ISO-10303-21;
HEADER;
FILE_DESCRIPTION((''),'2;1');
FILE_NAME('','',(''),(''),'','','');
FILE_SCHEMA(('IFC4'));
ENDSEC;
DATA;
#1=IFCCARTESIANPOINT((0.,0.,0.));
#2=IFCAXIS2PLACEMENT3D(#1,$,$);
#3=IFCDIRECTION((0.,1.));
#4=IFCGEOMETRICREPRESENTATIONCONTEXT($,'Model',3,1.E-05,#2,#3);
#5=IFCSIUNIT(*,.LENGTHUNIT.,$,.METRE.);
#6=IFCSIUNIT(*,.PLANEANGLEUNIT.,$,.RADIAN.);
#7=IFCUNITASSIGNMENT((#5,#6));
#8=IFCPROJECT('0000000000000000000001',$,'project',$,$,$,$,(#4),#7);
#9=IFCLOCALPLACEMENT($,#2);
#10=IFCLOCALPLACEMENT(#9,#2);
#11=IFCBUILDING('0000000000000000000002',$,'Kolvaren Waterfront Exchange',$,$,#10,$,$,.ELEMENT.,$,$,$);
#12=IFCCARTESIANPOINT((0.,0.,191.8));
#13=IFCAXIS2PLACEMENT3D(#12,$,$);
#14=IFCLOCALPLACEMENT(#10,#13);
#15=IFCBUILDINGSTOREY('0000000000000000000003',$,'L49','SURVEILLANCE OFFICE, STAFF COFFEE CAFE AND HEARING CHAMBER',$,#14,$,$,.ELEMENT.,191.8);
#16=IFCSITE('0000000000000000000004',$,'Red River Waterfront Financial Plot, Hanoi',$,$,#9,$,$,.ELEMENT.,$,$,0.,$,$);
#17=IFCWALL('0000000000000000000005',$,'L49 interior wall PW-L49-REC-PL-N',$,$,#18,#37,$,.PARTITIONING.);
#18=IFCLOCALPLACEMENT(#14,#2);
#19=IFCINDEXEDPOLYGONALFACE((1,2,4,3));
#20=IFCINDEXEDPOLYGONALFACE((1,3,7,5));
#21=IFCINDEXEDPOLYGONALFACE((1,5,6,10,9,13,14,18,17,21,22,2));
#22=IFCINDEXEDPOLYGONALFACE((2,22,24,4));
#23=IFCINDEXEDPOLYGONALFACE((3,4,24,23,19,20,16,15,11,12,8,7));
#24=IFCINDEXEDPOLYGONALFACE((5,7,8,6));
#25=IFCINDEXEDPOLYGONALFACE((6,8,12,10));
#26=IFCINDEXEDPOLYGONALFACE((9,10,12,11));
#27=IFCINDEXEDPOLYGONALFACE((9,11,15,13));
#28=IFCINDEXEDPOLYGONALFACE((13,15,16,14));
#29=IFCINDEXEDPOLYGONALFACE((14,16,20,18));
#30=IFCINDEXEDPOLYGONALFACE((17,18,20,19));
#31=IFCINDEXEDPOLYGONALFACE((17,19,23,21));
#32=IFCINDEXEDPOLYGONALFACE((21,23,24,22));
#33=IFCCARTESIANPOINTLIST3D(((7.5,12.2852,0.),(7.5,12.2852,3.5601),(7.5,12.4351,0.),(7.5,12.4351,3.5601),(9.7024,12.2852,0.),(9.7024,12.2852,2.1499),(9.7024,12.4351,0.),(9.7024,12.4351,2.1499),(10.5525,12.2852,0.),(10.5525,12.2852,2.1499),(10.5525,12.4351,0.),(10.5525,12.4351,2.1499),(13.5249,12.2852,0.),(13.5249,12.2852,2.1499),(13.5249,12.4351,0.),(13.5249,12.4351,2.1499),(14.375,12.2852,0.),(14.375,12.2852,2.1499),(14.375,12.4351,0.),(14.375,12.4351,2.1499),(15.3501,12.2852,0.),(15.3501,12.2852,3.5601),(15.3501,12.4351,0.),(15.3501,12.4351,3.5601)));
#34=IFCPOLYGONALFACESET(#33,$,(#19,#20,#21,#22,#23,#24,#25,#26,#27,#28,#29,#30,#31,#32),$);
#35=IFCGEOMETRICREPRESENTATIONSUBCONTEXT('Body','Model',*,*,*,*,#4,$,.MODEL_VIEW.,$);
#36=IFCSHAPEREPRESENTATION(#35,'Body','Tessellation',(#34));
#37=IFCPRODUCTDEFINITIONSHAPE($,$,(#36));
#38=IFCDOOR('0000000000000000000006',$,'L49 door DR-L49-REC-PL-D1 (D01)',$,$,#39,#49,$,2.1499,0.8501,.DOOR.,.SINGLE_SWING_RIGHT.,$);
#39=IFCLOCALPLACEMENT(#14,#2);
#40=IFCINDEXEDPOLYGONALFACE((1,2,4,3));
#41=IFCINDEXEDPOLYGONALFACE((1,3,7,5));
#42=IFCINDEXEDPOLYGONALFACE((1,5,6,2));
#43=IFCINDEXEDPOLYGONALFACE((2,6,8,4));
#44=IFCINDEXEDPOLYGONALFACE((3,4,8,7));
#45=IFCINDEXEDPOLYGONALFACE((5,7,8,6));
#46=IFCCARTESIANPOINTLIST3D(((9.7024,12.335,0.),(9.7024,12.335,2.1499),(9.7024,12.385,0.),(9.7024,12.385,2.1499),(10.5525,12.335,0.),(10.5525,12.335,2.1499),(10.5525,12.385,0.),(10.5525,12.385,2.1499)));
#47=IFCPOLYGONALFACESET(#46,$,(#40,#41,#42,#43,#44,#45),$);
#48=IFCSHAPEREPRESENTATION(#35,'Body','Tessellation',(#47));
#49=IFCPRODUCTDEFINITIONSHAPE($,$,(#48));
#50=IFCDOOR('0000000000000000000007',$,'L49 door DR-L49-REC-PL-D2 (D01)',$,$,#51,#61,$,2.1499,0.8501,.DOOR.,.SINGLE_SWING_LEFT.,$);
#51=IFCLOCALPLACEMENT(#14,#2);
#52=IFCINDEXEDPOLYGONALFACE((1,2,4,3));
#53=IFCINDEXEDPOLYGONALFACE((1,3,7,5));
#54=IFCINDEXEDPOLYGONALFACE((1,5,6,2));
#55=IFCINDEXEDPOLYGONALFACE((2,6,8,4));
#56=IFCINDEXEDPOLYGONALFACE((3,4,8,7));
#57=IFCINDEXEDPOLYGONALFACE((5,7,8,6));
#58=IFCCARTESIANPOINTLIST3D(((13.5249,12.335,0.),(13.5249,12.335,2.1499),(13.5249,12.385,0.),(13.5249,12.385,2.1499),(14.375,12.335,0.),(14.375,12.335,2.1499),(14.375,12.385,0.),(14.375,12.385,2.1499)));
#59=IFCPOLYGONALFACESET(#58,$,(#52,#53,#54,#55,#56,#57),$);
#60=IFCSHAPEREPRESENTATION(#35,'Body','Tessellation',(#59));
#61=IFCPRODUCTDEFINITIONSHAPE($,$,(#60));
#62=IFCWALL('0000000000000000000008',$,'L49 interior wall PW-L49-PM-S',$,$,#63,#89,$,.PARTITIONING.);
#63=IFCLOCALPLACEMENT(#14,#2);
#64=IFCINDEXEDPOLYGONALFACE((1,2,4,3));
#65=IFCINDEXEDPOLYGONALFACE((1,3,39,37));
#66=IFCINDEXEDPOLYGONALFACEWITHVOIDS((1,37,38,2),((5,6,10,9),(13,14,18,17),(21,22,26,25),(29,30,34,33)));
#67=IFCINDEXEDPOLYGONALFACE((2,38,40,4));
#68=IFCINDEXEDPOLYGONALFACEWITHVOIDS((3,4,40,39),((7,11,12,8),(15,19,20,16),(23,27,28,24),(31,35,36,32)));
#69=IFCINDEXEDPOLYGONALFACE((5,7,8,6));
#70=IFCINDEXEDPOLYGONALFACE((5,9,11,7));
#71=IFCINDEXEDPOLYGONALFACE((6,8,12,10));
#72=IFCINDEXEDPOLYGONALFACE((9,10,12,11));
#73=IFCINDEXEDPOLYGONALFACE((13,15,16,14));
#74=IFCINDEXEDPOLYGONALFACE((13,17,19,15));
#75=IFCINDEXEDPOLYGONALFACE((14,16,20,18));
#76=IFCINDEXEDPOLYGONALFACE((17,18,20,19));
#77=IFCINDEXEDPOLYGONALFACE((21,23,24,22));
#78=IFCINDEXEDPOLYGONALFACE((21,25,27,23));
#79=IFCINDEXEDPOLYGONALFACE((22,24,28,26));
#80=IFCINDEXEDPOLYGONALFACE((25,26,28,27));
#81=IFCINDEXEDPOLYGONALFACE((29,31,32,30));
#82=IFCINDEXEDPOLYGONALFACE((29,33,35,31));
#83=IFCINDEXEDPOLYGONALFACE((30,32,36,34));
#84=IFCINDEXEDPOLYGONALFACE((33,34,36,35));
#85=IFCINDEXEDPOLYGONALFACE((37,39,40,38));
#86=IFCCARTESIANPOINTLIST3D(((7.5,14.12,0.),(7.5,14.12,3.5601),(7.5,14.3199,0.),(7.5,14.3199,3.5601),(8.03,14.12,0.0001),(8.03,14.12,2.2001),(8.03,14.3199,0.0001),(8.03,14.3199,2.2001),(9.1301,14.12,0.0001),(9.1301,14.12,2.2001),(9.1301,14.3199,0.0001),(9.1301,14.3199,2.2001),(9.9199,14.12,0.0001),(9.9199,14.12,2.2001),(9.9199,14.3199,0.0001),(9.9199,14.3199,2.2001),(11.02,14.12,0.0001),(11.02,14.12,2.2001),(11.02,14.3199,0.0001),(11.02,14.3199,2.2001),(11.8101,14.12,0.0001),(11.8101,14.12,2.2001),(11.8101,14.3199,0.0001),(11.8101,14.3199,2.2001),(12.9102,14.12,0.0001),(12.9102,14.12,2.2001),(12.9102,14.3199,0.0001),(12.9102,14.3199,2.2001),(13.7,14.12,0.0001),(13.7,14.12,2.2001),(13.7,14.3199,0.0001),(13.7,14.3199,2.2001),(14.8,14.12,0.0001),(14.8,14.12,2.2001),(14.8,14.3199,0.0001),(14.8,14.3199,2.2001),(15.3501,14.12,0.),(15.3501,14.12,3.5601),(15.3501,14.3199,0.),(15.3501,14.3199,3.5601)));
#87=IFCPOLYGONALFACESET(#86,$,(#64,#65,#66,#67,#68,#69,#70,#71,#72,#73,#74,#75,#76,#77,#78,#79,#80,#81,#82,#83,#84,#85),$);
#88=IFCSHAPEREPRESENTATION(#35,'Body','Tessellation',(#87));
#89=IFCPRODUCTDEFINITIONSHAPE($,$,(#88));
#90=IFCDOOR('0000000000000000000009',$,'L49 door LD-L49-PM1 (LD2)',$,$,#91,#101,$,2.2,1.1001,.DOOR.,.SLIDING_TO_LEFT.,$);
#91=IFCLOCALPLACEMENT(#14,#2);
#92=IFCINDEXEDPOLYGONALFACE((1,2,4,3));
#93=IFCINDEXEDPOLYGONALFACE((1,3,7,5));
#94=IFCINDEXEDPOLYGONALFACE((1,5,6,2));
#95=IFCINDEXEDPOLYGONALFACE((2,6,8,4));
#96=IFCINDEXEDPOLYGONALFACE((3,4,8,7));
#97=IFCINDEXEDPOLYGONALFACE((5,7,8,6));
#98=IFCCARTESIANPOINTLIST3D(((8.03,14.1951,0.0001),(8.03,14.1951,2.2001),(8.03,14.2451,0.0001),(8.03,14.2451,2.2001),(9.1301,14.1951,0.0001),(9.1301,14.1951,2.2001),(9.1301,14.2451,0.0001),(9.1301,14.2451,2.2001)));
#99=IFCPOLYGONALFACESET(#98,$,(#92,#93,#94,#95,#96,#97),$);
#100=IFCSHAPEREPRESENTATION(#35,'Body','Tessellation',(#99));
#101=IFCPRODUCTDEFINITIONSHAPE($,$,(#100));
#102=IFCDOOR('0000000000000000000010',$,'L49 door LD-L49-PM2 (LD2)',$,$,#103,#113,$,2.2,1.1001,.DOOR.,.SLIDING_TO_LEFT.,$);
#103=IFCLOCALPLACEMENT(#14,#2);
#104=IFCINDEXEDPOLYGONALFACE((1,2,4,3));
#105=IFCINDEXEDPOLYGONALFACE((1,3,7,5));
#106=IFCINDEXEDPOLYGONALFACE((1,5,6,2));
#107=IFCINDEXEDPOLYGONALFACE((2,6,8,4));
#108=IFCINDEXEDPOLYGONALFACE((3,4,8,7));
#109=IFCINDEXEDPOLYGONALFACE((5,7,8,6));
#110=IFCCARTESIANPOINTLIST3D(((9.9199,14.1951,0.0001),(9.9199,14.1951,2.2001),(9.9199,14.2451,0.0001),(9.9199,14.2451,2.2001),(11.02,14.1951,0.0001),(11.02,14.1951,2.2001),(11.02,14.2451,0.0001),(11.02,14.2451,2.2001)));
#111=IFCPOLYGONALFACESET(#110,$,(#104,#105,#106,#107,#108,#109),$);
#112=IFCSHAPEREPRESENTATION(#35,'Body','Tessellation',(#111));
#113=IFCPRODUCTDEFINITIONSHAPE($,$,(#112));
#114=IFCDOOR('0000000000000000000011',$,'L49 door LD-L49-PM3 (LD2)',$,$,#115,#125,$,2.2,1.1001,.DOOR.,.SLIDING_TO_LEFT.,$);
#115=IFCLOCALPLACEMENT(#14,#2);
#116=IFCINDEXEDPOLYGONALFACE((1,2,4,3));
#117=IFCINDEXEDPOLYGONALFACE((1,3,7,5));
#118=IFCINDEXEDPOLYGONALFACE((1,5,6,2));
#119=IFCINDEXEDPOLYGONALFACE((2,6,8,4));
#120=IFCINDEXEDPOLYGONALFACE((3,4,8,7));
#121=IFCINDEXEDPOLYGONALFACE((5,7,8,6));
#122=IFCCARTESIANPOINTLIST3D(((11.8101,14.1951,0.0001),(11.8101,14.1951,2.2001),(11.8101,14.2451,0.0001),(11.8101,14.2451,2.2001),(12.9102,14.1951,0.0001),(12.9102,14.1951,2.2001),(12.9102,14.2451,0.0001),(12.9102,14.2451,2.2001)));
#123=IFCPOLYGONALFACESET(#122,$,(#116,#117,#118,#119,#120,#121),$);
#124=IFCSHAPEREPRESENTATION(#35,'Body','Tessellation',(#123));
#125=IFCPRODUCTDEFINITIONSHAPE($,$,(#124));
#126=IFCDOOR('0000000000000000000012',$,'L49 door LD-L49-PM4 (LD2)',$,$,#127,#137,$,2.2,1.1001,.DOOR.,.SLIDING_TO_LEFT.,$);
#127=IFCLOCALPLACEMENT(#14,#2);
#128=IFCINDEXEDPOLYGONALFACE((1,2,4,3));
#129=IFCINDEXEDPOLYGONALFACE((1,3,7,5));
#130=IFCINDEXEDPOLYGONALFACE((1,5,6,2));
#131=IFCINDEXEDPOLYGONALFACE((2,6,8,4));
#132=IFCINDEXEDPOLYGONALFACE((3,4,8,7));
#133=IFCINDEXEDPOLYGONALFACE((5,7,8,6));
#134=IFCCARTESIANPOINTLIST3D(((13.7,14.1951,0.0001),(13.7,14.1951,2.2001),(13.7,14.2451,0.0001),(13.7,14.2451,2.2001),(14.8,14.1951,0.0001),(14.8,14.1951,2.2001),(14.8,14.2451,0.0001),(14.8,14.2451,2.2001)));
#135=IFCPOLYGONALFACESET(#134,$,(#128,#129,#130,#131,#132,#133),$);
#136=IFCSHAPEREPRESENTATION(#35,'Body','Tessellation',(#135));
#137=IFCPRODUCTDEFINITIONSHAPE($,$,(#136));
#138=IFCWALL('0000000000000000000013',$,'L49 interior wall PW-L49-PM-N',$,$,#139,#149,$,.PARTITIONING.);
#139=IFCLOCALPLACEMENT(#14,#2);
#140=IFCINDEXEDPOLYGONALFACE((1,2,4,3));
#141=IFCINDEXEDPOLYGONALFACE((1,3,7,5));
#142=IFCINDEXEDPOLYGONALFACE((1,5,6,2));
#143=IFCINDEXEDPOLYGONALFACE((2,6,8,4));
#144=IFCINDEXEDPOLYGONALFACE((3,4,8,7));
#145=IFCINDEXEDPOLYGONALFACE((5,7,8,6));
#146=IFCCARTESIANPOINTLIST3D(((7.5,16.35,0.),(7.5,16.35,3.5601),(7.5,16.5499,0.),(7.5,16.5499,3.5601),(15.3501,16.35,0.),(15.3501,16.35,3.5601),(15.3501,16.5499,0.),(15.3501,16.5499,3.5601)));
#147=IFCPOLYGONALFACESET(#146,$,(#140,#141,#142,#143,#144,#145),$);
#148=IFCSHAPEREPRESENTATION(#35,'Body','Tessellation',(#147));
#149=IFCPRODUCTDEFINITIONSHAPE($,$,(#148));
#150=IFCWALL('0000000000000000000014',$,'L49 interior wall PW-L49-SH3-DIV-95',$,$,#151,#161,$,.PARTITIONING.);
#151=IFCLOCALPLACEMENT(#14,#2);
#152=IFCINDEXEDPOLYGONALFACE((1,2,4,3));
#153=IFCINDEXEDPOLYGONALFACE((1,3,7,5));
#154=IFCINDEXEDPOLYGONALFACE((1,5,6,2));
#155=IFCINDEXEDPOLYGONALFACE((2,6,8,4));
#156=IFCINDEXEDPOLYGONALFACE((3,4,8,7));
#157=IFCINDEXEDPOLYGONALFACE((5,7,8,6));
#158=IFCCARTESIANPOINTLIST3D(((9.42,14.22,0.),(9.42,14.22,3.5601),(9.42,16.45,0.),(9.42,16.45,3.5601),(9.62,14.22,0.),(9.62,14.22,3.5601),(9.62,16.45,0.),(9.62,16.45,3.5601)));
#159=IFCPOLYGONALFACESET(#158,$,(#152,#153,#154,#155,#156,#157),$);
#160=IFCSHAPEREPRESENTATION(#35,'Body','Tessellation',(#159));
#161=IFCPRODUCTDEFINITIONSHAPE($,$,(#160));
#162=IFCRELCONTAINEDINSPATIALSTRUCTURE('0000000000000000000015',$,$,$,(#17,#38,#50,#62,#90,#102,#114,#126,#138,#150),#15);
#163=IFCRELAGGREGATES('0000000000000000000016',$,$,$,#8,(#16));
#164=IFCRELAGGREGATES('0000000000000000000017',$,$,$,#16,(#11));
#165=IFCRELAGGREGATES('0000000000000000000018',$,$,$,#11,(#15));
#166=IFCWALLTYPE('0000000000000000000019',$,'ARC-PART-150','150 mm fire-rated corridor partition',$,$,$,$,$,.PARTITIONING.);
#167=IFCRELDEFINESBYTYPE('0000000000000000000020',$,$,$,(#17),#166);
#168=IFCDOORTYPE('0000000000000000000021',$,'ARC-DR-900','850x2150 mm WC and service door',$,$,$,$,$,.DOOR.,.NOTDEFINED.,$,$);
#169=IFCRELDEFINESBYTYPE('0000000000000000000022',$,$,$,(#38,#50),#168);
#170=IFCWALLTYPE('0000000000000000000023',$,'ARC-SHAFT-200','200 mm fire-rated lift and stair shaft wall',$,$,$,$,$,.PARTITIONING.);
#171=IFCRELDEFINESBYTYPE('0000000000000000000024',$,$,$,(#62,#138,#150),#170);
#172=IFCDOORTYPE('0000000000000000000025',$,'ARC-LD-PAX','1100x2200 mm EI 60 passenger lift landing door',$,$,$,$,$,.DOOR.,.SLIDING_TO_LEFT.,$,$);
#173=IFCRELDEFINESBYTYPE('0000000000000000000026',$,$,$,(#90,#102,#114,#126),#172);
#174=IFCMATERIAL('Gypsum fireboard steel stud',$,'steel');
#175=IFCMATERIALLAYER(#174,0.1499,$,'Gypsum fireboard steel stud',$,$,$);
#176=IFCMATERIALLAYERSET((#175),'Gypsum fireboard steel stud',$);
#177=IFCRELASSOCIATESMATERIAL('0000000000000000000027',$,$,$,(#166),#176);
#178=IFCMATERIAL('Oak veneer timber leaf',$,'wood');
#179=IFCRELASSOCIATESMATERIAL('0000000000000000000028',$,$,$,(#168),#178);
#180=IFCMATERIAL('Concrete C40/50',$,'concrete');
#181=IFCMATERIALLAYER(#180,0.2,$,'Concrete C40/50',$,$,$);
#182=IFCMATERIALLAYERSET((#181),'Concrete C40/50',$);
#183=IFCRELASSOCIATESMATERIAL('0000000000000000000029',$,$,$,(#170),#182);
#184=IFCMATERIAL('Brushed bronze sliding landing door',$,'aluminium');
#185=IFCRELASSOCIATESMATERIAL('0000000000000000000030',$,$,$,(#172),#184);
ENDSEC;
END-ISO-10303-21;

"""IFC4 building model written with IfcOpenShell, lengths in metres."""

from ifc_helpers import new_model, si_unit, direction, frame, frame_2d, origin, place, context, subcontext, project, spatial, rectangle, extrude, material, layer, layer_set, type_object, element, fill, save


model = new_model("IFC4")

# Units and contexts
model_context = context("Model", 3, precision=1e-05, world=origin(), true_north=direction((0.0, 1.0)))
body_context = subcontext(model_context, "Body", "Model", "MODEL_VIEW")
ifc_project = project(units=[si_unit("LENGTHUNIT", "METRE"), si_unit("PLANEANGLEUNIT", "RADIAN")], contexts=[model_context])

# Site, building, storey
site_placement = place(None, origin())
site = spatial("IfcSite", under=ifc_project, at=site_placement, Name="Red River Waterfront Financial Plot, Hanoi", CompositionType="ELEMENT", RefElevation=0.0)
building_placement = place(site_placement, origin())
building = spatial("IfcBuilding", under=site, at=building_placement, Name="Kolvaren Waterfront Exchange", CompositionType="ELEMENT")
storey_placement = place(building_placement, frame((0.0, 0.0, 191.8)))
storey = spatial("IfcBuildingStorey", under=building, at=storey_placement, Name="L49", Description="SURVEILLANCE OFFICE, STAFF COFFEE CAFE AND HEARING CHAMBER", CompositionType="ELEMENT", Elevation=191.8)

# Walls, openings, doors
ifc_material_1 = material(Name="Gypsum fireboard steel stud", Category="steel")
ifc_layer_1 = layer(ifc_material_1, 0.1499, Name="Gypsum fireboard steel stud")
ifc_layer_set_1 = layer_set([ifc_layer_1], Name="Gypsum fireboard steel stud")
wall_type_1 = type_object("IfcWallType", Name="ARC-PART-150", Description="150 mm fire-rated corridor partition", PredefinedType="PARTITIONING", material=ifc_layer_set_1)
wall_1_placement = place(storey_placement, frame((7.5, 12.3601, 0.0), z_axis=(0.0, 0.0, 1.0), x_axis=(1.0, 0.0, 0.0)))
wall_1 = element("IfcWall", 1, at=wall_1_placement, inside=storey, type_object=wall_type_1, Name="L49 interior wall PW-L49-REC-PL-N", PredefinedType="PARTITIONING", context=body_context, shape_type="SweptSolid", body=[
    extrude(rectangle(XDim=7.8501, YDim=0.1499, at=frame_2d((3.925, 0.0))), origin(), (0.0, 0.0, 1.0), 3.5601),
])
opening_1_placement = place(wall_1_placement, frame((2.2024, 0.0, 0.0)))
opening_1 = element("IfcOpeningElement", 2, at=opening_1_placement, cuts=wall_1, PredefinedType="OPENING", context=body_context, shape_type="SweptSolid", body=[
    extrude(rectangle(XDim=0.8501, YDim=2.1499, at=frame_2d((0.425, 1.075))), frame((0.0, 0.085, 0.0), z_axis=(0.0, -1.0, 0.0), x_axis=(1.0, 0.0, 0.0)), (0.0, 0.0, 1.0), 0.1699),
])
opening_2_placement = place(wall_1_placement, frame((6.0249, 0.0, 0.0)))
opening_2 = element("IfcOpeningElement", 3, at=opening_2_placement, cuts=wall_1, PredefinedType="OPENING", context=body_context, shape_type="SweptSolid", body=[
    extrude(rectangle(XDim=0.8501, YDim=2.1499, at=frame_2d((0.425, 1.075))), frame((0.0, 0.085, 0.0), z_axis=(0.0, -1.0, 0.0), x_axis=(1.0, 0.0, 0.0)), (0.0, 0.0, 1.0), 0.1699),
])
ifc_material_2 = material(Name="Oak veneer timber leaf", Category="wood")
door_type_1 = type_object("IfcDoorType", Name="ARC-DR-900", Description="850x2150 mm WC and service door", OperationType="NOTDEFINED", PredefinedType="DOOR", material=ifc_material_2)
door_1_placement = place(opening_1_placement, origin())
door_1 = element("IfcDoor", 4, at=door_1_placement, inside=storey, type_object=door_type_1, Name="L49 door DR-L49-REC-PL-D1 (D01)", OperationType="SINGLE_SWING_RIGHT", OverallHeight=2.1499, OverallWidth=0.8501, PredefinedType="DOOR", context=body_context, shape_type="SweptSolid", body=[
    extrude(rectangle(XDim=0.8501, YDim=2.1499, at=frame_2d((0.425, 1.075))), frame((0.0, 0.0249, 0.0), z_axis=(0.0, -1.0, 0.0), x_axis=(1.0, 0.0, 0.0)), (0.0, 0.0, 1.0), 0.05),
])
fill(opening_1, door_1)
door_2_placement = place(opening_2_placement, origin())
door_2 = element("IfcDoor", 5, at=door_2_placement, inside=storey, type_object=door_type_1, Name="L49 door DR-L49-REC-PL-D2 (D01)", OperationType="SINGLE_SWING_LEFT", OverallHeight=2.1499, OverallWidth=0.8501, PredefinedType="DOOR", context=body_context, shape_type="SweptSolid", body=[
    extrude(rectangle(XDim=0.8501, YDim=2.1499, at=frame_2d((0.425, 1.075))), frame((0.0, 0.0249, 0.0), z_axis=(0.0, -1.0, 0.0), x_axis=(1.0, 0.0, 0.0)), (0.0, 0.0, 1.0), 0.05),
])
fill(opening_2, door_2)
ifc_material_3 = material(Name="Concrete C40/50", Category="concrete")
ifc_layer_2 = layer(ifc_material_3, 0.2, Name="Concrete C40/50")
ifc_layer_set_2 = layer_set([ifc_layer_2], Name="Concrete C40/50")
wall_type_2 = type_object("IfcWallType", Name="ARC-SHAFT-200", Description="200 mm fire-rated lift and stair shaft wall", PredefinedType="PARTITIONING", material=ifc_layer_set_2)
wall_2_placement = place(storey_placement, frame((7.5, 14.22, 0.0), z_axis=(0.0, 0.0, 1.0), x_axis=(1.0, 0.0, 0.0)))
wall_2 = element("IfcWall", 6, at=wall_2_placement, inside=storey, type_object=wall_type_2, Name="L49 interior wall PW-L49-PM-S", PredefinedType="PARTITIONING", context=body_context, shape_type="SweptSolid", body=[
    extrude(rectangle(XDim=7.8501, YDim=0.2, at=frame_2d((3.925, 0.0))), origin(), (0.0, 0.0, 1.0), 3.5601),
])
opening_3_placement = place(wall_2_placement, frame((0.53, 0.0, 0.0)))
opening_3 = element("IfcOpeningElement", 7, at=opening_3_placement, cuts=wall_2, PredefinedType="OPENING", context=body_context, shape_type="SweptSolid", body=[
    extrude(rectangle(XDim=1.1001, YDim=2.2, at=frame_2d((0.55, 1.1001))), frame((0.0, 0.1099, 0.0), z_axis=(0.0, -1.0, 0.0), x_axis=(1.0, 0.0, 0.0)), (0.0, 0.0, 1.0), 0.22),
])
opening_4_placement = place(wall_2_placement, frame((2.4199, 0.0, 0.0)))
opening_4 = element("IfcOpeningElement", 8, at=opening_4_placement, cuts=wall_2, PredefinedType="OPENING", context=body_context, shape_type="SweptSolid", body=[
    extrude(rectangle(XDim=1.1001, YDim=2.2, at=frame_2d((0.55, 1.1001))), frame((0.0, 0.1099, 0.0), z_axis=(0.0, -1.0, 0.0), x_axis=(1.0, 0.0, 0.0)), (0.0, 0.0, 1.0), 0.22),
])
opening_5_placement = place(wall_2_placement, frame((4.3101, 0.0, 0.0)))
opening_5 = element("IfcOpeningElement", 9, at=opening_5_placement, cuts=wall_2, PredefinedType="OPENING", context=body_context, shape_type="SweptSolid", body=[
    extrude(rectangle(XDim=1.1001, YDim=2.2, at=frame_2d((0.55, 1.1001))), frame((0.0, 0.1099, 0.0), z_axis=(0.0, -1.0, 0.0), x_axis=(1.0, 0.0, 0.0)), (0.0, 0.0, 1.0), 0.22),
])
opening_6_placement = place(wall_2_placement, frame((6.2, 0.0, 0.0)))
opening_6 = element("IfcOpeningElement", 10, at=opening_6_placement, cuts=wall_2, PredefinedType="OPENING", context=body_context, shape_type="SweptSolid", body=[
    extrude(rectangle(XDim=1.1001, YDim=2.2, at=frame_2d((0.55, 1.1001))), frame((0.0, 0.1099, 0.0), z_axis=(0.0, -1.0, 0.0), x_axis=(1.0, 0.0, 0.0)), (0.0, 0.0, 1.0), 0.22),
])
ifc_material_4 = material(Name="Brushed bronze sliding landing door", Category="aluminium")
door_type_2 = type_object("IfcDoorType", Name="ARC-LD-PAX", Description="1100x2200 mm EI 60 passenger lift landing door", OperationType="SLIDING_TO_LEFT", PredefinedType="DOOR", material=ifc_material_4)
door_3_placement = place(opening_3_placement, frame((1.1001, 0.0, 0.0), z_axis=(0.0, 0.0, 1.0), x_axis=(-1.0, 0.0, 0.0)))
door_3 = element("IfcDoor", 11, at=door_3_placement, inside=storey, type_object=door_type_2, Name="L49 door LD-L49-PM1 (LD2)", OperationType="SLIDING_TO_LEFT", OverallHeight=2.2, OverallWidth=1.1001, PredefinedType="DOOR", context=body_context, shape_type="SweptSolid", body=[
    extrude(rectangle(XDim=1.1001, YDim=2.2, at=frame_2d((0.55, 1.1001))), frame((0.0, 0.0249, 0.0), z_axis=(0.0, -1.0, 0.0), x_axis=(1.0, 0.0, 0.0)), (0.0, 0.0, 1.0), 0.05),
])
fill(opening_3, door_3)
door_4_placement = place(opening_4_placement, frame((1.1001, 0.0, 0.0), z_axis=(0.0, 0.0, 1.0), x_axis=(-1.0, 0.0, 0.0)))
door_4 = element("IfcDoor", 12, at=door_4_placement, inside=storey, type_object=door_type_2, Name="L49 door LD-L49-PM2 (LD2)", OperationType="SLIDING_TO_LEFT", OverallHeight=2.2, OverallWidth=1.1001, PredefinedType="DOOR", context=body_context, shape_type="SweptSolid", body=[
    extrude(rectangle(XDim=1.1001, YDim=2.2, at=frame_2d((0.55, 1.1001))), frame((0.0, 0.0249, 0.0), z_axis=(0.0, -1.0, 0.0), x_axis=(1.0, 0.0, 0.0)), (0.0, 0.0, 1.0), 0.05),
])
fill(opening_4, door_4)
door_5_placement = place(opening_5_placement, frame((1.1001, 0.0, 0.0), z_axis=(0.0, 0.0, 1.0), x_axis=(-1.0, 0.0, 0.0)))
door_5 = element("IfcDoor", 13, at=door_5_placement, inside=storey, type_object=door_type_2, Name="L49 door LD-L49-PM3 (LD2)", OperationType="SLIDING_TO_LEFT", OverallHeight=2.2, OverallWidth=1.1001, PredefinedType="DOOR", context=body_context, shape_type="SweptSolid", body=[
    extrude(rectangle(XDim=1.1001, YDim=2.2, at=frame_2d((0.55, 1.1001))), frame((0.0, 0.0249, 0.0), z_axis=(0.0, -1.0, 0.0), x_axis=(1.0, 0.0, 0.0)), (0.0, 0.0, 1.0), 0.05),
])
fill(opening_5, door_5)
door_6_placement = place(opening_6_placement, frame((1.1001, 0.0, 0.0), z_axis=(0.0, 0.0, 1.0), x_axis=(-1.0, 0.0, 0.0)))
door_6 = element("IfcDoor", 14, at=door_6_placement, inside=storey, type_object=door_type_2, Name="L49 door LD-L49-PM4 (LD2)", OperationType="SLIDING_TO_LEFT", OverallHeight=2.2, OverallWidth=1.1001, PredefinedType="DOOR", context=body_context, shape_type="SweptSolid", body=[
    extrude(rectangle(XDim=1.1001, YDim=2.2, at=frame_2d((0.55, 1.1001))), frame((0.0, 0.0249, 0.0), z_axis=(0.0, -1.0, 0.0), x_axis=(1.0, 0.0, 0.0)), (0.0, 0.0, 1.0), 0.05),
])
fill(opening_6, door_6)

# Walls
wall_3_placement = place(storey_placement, frame((7.5, 16.45, 0.0), z_axis=(0.0, 0.0, 1.0), x_axis=(1.0, 0.0, 0.0)))
element("IfcWall", 15, at=wall_3_placement, inside=storey, type_object=wall_type_2, Name="L49 interior wall PW-L49-PM-N", PredefinedType="PARTITIONING", context=body_context, shape_type="SweptSolid", body=[
    extrude(rectangle(XDim=7.8501, YDim=0.2, at=frame_2d((3.925, 0.0))), origin(), (0.0, 0.0, 1.0), 3.5601),
])
for number, where, z_axis, x_axis, name in (
    (16, (9.52, 14.22, 0.0), (0.0, 0.0, 1.0), (0.0, 1.0, 0.0), "L49 interior wall PW-L49-SH3-DIV-95"),
):
    element("IfcWall", number, at=place(storey_placement, frame(where, z_axis=z_axis, x_axis=x_axis)), inside=storey, type_object=wall_type_2, Name=name, PredefinedType="PARTITIONING", context=body_context, shape_type="SweptSolid", body=[
        extrude(rectangle(XDim=2.23, YDim=0.2, at=frame_2d((1.115, 0.0))), origin(), (0.0, 0.0, 1.0), 3.5601),
    ])

save(model, "model.ifc")
